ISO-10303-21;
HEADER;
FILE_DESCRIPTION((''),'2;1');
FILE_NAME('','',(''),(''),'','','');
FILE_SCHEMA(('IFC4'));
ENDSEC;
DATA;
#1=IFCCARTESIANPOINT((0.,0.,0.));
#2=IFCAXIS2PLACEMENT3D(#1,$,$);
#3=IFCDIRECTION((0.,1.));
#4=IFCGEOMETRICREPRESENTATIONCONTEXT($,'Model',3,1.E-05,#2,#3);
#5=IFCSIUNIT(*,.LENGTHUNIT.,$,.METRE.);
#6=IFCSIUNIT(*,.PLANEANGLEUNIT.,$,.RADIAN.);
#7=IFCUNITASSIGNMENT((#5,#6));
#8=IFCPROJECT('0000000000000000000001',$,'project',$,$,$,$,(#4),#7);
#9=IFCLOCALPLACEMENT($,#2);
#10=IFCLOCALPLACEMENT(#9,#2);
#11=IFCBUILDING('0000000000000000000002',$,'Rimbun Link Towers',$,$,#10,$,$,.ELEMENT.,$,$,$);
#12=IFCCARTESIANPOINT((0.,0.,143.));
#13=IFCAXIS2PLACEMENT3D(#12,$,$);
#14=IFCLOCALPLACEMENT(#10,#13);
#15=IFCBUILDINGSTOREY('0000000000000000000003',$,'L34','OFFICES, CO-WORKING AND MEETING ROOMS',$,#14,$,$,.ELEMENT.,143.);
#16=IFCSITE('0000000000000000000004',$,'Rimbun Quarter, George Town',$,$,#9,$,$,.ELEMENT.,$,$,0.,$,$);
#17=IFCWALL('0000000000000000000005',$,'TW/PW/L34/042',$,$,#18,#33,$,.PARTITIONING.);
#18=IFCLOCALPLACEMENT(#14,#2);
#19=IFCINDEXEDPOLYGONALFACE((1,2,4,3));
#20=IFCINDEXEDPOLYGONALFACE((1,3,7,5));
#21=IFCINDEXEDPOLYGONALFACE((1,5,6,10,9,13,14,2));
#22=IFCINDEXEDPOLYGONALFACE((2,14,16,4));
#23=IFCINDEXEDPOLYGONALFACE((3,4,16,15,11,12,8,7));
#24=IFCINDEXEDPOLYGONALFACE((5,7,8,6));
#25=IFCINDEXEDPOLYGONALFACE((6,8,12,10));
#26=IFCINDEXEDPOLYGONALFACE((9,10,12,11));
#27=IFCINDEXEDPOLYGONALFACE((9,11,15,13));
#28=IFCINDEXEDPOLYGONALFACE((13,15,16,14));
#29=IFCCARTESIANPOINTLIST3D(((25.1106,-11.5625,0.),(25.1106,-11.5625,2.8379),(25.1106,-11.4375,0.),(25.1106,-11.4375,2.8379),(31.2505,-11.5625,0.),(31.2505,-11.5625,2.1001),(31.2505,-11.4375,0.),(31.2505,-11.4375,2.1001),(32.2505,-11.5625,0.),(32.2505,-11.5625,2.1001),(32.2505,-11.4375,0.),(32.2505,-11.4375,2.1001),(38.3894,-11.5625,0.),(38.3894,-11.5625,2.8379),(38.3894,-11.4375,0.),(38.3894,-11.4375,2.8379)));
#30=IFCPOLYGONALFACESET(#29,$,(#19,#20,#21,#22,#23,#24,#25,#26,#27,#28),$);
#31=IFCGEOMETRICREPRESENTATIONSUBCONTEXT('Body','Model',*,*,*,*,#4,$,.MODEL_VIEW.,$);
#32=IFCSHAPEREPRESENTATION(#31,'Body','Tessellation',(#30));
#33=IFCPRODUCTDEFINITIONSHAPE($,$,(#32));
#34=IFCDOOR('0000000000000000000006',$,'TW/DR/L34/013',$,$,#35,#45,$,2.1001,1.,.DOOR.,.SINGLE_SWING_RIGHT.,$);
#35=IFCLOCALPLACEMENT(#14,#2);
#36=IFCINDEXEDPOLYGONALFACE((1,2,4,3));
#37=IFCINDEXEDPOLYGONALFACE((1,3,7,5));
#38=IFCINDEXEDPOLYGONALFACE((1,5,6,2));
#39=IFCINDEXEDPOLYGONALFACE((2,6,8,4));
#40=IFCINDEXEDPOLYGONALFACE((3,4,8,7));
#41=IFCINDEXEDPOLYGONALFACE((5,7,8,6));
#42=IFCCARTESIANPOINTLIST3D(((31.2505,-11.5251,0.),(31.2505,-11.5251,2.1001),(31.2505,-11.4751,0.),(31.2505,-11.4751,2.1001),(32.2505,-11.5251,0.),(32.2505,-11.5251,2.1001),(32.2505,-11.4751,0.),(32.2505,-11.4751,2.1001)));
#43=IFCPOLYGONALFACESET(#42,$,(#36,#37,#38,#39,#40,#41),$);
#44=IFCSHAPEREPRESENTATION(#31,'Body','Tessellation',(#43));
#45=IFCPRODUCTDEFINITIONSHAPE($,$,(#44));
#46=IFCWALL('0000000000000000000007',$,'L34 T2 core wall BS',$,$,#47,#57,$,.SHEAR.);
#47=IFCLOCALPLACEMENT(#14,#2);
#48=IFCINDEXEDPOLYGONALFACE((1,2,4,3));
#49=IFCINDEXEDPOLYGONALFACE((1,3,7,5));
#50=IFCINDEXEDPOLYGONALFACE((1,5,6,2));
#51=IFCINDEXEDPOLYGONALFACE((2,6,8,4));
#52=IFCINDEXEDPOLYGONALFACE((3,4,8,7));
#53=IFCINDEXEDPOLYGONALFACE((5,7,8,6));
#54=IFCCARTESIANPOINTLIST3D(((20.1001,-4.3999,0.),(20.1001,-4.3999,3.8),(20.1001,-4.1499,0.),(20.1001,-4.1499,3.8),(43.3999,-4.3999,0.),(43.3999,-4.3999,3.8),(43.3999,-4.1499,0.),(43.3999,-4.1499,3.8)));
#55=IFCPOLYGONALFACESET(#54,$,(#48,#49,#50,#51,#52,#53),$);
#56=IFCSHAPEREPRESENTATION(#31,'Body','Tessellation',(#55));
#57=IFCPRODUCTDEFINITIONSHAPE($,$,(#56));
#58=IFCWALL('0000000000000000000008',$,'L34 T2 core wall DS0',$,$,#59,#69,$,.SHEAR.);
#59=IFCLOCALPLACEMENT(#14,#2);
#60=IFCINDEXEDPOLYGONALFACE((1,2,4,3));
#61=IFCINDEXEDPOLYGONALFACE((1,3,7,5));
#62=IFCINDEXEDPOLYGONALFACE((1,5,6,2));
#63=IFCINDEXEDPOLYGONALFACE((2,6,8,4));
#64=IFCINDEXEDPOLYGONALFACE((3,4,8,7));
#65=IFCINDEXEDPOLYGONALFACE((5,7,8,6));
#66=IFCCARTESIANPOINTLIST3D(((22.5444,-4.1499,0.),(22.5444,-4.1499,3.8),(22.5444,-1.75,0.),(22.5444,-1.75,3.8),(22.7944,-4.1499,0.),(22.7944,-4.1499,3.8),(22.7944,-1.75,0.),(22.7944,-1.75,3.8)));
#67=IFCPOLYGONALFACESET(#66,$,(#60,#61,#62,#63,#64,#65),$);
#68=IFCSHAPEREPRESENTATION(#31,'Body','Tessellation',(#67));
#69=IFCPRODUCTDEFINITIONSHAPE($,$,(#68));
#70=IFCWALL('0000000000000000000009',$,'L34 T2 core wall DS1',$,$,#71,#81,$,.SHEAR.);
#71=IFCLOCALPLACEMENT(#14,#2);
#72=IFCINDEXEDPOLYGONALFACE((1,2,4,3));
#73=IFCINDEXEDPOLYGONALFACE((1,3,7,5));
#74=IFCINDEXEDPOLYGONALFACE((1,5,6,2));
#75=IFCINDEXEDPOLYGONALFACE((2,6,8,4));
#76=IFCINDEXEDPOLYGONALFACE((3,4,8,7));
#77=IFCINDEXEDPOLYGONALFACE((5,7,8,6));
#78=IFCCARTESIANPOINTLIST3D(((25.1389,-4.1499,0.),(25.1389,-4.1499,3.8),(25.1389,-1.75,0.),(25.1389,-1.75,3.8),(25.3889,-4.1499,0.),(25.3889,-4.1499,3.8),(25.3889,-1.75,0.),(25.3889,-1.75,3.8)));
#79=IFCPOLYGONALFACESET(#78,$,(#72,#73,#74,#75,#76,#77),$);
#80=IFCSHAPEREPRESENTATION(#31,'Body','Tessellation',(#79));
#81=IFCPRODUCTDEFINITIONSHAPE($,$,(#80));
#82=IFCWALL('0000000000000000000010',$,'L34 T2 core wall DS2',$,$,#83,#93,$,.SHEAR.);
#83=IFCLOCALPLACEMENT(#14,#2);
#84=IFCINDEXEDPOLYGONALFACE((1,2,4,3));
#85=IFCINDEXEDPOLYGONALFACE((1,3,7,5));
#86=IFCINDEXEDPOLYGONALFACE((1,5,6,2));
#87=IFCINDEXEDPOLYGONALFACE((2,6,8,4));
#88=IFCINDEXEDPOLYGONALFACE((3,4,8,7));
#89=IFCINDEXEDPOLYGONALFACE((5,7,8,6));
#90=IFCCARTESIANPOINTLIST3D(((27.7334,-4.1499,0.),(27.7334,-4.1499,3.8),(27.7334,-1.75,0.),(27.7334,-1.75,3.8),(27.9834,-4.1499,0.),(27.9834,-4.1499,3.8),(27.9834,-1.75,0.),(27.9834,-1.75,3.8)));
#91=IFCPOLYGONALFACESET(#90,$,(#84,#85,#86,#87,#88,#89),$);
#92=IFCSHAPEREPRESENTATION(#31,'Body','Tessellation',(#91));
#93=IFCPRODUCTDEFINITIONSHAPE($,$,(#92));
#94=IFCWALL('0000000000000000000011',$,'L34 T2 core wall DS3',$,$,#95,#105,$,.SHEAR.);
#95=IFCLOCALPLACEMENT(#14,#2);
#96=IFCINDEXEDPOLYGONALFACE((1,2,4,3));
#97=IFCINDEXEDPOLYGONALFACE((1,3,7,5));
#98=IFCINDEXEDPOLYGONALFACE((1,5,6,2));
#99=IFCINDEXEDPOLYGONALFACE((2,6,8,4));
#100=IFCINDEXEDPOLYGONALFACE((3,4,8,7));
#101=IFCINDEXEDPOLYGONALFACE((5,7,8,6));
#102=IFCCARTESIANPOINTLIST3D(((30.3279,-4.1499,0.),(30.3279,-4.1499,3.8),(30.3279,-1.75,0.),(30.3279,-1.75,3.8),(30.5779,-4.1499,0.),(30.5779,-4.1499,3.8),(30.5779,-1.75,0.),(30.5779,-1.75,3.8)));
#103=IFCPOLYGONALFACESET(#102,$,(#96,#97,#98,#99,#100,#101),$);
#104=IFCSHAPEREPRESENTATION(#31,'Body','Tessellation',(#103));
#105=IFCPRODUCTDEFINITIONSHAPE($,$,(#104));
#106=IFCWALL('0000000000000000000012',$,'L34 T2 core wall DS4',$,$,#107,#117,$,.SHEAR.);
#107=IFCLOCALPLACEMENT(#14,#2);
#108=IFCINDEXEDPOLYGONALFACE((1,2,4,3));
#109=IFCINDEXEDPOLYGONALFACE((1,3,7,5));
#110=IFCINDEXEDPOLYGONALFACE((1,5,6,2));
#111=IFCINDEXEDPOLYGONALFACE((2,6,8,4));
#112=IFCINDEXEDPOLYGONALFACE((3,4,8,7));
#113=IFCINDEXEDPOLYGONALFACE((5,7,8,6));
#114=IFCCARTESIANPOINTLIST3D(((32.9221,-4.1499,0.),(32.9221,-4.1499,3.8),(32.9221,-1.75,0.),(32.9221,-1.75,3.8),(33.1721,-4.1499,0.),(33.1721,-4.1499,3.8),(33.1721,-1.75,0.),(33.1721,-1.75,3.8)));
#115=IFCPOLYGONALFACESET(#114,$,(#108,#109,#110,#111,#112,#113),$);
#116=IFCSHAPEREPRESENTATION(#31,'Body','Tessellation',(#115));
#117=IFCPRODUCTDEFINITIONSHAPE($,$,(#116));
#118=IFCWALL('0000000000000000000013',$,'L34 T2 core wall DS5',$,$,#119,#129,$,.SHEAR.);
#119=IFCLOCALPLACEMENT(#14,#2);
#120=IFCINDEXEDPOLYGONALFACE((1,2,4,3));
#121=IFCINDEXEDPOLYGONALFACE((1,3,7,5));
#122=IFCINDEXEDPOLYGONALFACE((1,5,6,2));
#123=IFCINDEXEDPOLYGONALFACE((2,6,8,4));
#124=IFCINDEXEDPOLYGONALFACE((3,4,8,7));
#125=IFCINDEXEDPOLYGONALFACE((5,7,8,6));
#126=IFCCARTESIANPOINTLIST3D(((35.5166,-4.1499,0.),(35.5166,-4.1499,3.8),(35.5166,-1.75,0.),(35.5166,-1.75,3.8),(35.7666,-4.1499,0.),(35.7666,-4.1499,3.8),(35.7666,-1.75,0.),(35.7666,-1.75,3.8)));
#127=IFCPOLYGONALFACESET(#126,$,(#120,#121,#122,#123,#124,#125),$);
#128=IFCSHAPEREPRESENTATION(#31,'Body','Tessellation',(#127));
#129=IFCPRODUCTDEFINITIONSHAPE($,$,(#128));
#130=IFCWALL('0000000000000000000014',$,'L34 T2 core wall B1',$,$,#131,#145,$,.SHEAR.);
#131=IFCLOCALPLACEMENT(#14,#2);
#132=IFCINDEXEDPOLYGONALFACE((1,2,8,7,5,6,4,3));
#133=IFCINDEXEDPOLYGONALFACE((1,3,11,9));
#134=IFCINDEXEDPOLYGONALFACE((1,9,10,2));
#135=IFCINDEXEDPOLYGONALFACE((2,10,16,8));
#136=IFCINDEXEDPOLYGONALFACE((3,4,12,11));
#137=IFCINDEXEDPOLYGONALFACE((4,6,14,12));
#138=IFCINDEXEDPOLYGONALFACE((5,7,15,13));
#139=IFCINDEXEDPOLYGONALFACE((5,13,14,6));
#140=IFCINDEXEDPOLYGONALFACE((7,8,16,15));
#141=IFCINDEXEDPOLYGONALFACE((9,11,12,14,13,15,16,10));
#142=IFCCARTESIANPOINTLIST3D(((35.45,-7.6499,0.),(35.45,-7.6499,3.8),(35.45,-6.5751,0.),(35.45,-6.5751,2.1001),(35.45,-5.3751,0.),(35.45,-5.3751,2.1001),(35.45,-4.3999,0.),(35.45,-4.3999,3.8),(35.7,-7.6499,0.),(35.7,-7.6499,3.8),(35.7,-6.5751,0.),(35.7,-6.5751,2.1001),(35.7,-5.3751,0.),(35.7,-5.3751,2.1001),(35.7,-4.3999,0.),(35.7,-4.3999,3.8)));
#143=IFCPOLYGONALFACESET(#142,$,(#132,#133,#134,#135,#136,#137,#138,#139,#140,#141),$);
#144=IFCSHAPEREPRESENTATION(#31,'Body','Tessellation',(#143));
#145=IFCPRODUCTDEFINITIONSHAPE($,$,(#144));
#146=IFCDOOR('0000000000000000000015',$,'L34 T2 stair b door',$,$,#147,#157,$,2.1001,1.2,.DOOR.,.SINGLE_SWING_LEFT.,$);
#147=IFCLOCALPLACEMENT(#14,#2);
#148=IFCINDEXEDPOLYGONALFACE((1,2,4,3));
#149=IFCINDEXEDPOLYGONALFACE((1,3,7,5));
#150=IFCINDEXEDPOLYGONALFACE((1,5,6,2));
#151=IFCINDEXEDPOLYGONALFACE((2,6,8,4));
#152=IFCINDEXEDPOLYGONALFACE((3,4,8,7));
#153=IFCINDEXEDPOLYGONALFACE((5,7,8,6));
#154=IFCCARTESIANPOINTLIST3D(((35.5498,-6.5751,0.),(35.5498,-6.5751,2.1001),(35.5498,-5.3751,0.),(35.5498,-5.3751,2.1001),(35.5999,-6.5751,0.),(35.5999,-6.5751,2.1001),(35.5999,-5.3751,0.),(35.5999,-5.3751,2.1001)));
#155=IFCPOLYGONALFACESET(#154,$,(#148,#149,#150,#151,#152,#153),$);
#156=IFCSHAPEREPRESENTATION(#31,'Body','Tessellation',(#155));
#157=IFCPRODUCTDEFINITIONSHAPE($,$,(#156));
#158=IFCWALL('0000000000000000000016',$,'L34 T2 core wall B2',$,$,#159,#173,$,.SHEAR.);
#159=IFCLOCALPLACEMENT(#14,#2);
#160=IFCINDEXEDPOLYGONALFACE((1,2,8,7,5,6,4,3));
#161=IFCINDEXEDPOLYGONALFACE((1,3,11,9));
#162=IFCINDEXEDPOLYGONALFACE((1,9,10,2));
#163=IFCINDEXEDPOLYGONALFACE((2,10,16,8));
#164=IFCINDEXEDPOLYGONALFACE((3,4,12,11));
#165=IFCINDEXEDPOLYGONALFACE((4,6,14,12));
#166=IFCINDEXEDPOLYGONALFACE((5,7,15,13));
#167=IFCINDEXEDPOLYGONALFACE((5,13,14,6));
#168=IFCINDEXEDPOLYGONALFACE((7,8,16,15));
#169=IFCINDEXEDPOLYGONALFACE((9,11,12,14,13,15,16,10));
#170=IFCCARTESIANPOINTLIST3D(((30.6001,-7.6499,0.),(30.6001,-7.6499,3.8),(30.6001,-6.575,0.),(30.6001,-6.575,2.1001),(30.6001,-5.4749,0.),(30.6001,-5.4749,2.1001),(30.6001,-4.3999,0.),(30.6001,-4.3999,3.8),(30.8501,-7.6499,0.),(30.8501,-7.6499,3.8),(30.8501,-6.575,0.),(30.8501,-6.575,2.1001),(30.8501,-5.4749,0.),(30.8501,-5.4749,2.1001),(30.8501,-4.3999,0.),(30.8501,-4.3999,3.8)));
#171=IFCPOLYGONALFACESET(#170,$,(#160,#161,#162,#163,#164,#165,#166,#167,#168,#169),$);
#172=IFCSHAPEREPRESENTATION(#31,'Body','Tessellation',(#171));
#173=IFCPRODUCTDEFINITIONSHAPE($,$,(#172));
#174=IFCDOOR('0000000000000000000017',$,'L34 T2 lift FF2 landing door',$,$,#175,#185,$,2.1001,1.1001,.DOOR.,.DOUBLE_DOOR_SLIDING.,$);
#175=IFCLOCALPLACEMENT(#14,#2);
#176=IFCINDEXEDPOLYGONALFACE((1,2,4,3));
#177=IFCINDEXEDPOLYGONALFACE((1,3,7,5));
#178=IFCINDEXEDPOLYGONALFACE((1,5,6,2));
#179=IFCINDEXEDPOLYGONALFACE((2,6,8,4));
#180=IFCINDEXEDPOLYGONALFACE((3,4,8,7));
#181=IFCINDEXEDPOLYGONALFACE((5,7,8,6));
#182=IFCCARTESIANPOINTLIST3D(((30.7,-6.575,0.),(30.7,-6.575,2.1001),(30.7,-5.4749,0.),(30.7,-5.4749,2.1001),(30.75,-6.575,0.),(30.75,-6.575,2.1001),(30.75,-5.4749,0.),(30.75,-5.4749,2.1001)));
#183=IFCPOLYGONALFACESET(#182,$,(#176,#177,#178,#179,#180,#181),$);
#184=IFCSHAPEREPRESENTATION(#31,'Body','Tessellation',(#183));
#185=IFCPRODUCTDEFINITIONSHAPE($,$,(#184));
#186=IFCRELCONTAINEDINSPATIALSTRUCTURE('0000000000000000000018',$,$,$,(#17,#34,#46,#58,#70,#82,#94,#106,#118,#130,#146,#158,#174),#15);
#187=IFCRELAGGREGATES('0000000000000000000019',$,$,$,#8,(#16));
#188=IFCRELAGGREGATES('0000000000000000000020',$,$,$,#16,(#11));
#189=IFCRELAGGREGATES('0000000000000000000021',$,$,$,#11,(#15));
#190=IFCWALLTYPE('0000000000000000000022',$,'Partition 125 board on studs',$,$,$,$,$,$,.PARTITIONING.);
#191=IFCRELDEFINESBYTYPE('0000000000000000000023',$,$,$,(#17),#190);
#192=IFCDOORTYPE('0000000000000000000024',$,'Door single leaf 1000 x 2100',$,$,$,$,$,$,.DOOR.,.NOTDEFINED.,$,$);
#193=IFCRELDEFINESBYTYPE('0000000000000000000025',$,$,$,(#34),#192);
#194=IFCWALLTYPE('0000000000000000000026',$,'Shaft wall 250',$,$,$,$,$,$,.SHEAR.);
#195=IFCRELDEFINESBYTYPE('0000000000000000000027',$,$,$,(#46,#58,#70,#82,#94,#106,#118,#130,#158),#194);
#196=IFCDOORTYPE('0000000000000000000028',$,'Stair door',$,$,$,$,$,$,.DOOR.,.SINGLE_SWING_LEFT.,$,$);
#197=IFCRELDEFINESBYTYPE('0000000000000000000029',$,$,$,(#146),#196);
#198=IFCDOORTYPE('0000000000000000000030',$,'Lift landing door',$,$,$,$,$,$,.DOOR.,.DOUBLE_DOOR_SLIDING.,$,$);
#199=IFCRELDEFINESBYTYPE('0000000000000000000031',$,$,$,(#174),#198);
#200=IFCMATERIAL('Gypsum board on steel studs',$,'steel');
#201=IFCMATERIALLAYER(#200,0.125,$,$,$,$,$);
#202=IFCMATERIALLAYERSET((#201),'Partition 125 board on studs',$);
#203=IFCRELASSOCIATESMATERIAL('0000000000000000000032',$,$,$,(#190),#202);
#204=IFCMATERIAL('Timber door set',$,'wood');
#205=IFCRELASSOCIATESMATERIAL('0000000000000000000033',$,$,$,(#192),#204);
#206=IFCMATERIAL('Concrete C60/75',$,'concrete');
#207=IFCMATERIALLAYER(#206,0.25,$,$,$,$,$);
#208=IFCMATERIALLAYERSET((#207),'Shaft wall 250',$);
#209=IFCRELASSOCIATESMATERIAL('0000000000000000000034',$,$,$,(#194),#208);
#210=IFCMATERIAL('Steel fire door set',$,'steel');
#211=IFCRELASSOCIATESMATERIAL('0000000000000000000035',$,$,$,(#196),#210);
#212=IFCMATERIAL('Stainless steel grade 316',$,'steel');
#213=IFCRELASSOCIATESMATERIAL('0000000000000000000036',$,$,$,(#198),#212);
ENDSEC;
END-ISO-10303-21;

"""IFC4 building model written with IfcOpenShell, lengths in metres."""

from ifc_helpers import new_model, si_unit, direction, frame, frame_2d, origin, place, context, subcontext, project, spatial, rectangle, extrude, material, layer, layer_set, type_object, element, fill, save


model = new_model("IFC4")

# Units and contexts
model_context = context("Model", 3, precision=1e-05, world=origin(), true_north=direction((0.0, 1.0)))
body_context = subcontext(model_context, "Body", "Model", "MODEL_VIEW")
ifc_project = project(units=[si_unit("LENGTHUNIT", "METRE"), si_unit("PLANEANGLEUNIT", "RADIAN")], contexts=[model_context])

# Site, building, storey
site_placement = place(None, origin())
site = spatial("IfcSite", under=ifc_project, at=site_placement, Name="Rimbun Quarter, George Town", CompositionType="ELEMENT", RefElevation=0.0)
building_placement = place(site_placement, origin())
building = spatial("IfcBuilding", under=site, at=building_placement, Name="Rimbun Link Towers", CompositionType="ELEMENT")
storey_placement = place(building_placement, frame((0.0, 0.0, 143.0)))
storey = spatial("IfcBuildingStorey", under=building, at=storey_placement, Name="L34", Description="OFFICES, CO-WORKING AND MEETING ROOMS", CompositionType="ELEMENT", Elevation=143.0)

# Wall, opening, door
ifc_material_1 = material(Name="Gypsum board on steel studs", Category="steel")
ifc_layer_1 = layer(ifc_material_1, 0.125)
ifc_layer_set_1 = layer_set([ifc_layer_1], Name="Partition 125 board on studs")
wall_type_1 = type_object("IfcWallType", Name="Partition 125 board on studs", PredefinedType="PARTITIONING", material=ifc_layer_set_1)
wall_1_placement = place(storey_placement, frame((25.1106, -11.5, 0.0), z_axis=(0.0, 0.0, 1.0), x_axis=(1.0, 0.0, 0.0)))
wall_1 = element("IfcWall", 1, at=wall_1_placement, inside=storey, type_object=wall_type_1, Name="TW/PW/L34/042", PredefinedType="PARTITIONING", context=body_context, shape_type="SweptSolid", body=[
    extrude(rectangle(XDim=13.2788, YDim=0.125, at=frame_2d((6.6394, 0.0))), origin(), (0.0, 0.0, 1.0), 2.8379),
])
opening_1_placement = place(wall_1_placement, frame((6.1399, 0.0, 0.0)))
opening_1 = element("IfcOpeningElement", 2, at=opening_1_placement, cuts=wall_1, PredefinedType="OPENING", context=body_context, shape_type="SweptSolid", body=[
    extrude(rectangle(XDim=1.0, YDim=2.1001, at=frame_2d((0.5, 1.05))), frame((0.0, 0.0725, 0.0), z_axis=(0.0, -1.0, 0.0), x_axis=(1.0, 0.0, 0.0)), (0.0, 0.0, 1.0), 0.145),
])
ifc_material_2 = material(Name="Timber door set", Category="wood")
door_type_1 = type_object("IfcDoorType", Name="Door single leaf 1000 x 2100", OperationType="NOTDEFINED", PredefinedType="DOOR", material=ifc_material_2)
door_1_placement = place(opening_1_placement, origin())
door_1 = element("IfcDoor", 3, at=door_1_placement, inside=storey, type_object=door_type_1, Name="TW/DR/L34/013", OperationType="SINGLE_SWING_RIGHT", OverallHeight=2.1001, OverallWidth=1.0, PredefinedType="DOOR", context=body_context, shape_type="SweptSolid", body=[
    extrude(rectangle(XDim=1.0, YDim=2.1001, at=frame_2d((0.5, 1.05))), frame((0.0, 0.0249, 0.0), z_axis=(0.0, -1.0, 0.0), x_axis=(1.0, 0.0, 0.0)), (0.0, 0.0, 1.0), 0.05),
])
fill(opening_1, door_1)

# Walls
ifc_material_3 = material(Name="Concrete C60/75", Category="concrete")
ifc_layer_2 = layer(ifc_material_3, 0.25)
ifc_layer_set_2 = layer_set([ifc_layer_2], Name="Shaft wall 250")
wall_type_2 = type_object("IfcWallType", Name="Shaft wall 250", PredefinedType="SHEAR", material=ifc_layer_set_2)
wall_2_placement = place(storey_placement, frame((20.1001, -4.2749, 0.0), z_axis=(0.0, 0.0, 1.0), x_axis=(1.0, 0.0, 0.0)))
element("IfcWall", 4, at=wall_2_placement, inside=storey, type_object=wall_type_2, Name="L34 T2 core wall BS", PredefinedType="SHEAR", context=body_context, shape_type="SweptSolid", body=[
    extrude(rectangle(XDim=23.2998, YDim=0.25, at=frame_2d((11.6499, 0.0))), origin(), (0.0, 0.0, 1.0), 3.8),
])
for number, where, z_axis, x_axis, name in (
    (5, (22.6694, -4.1499, 0.0), (0.0, 0.0, 1.0), (0.0, 1.0, 0.0), "L34 T2 core wall DS0"),
    (6, (25.2639, -4.1499, 0.0), (0.0, 0.0, 1.0), (0.0, 1.0, 0.0), "L34 T2 core wall DS1"),
    (7, (27.8584, -4.1499, 0.0), (0.0, 0.0, 1.0), (0.0, 1.0, 0.0), "L34 T2 core wall DS2"),
    (8, (30.4529, -4.1499, 0.0), (0.0, 0.0, 1.0), (0.0, 1.0, 0.0), "L34 T2 core wall DS3"),
    (9, (33.0471, -4.1499, 0.0), (0.0, 0.0, 1.0), (0.0, 1.0, 0.0), "L34 T2 core wall DS4"),
    (10, (35.6416, -4.1499, 0.0), (0.0, 0.0, 1.0), (0.0, 1.0, 0.0), "L34 T2 core wall DS5"),
):
    element("IfcWall", number, at=place(storey_placement, frame(where, z_axis=z_axis, x_axis=x_axis)), inside=storey, type_object=wall_type_2, Name=name, PredefinedType="SHEAR", context=body_context, shape_type="SweptSolid", body=[
        extrude(rectangle(XDim=2.3999, YDim=0.25, at=frame_2d((1.2, 0.0))), origin(), (0.0, 0.0, 1.0), 3.8),
    ])

# Walls, openings, doors
wall_3_placement = place(storey_placement, frame((35.575, -4.3999, 0.0), z_axis=(0.0, 0.0, 1.0), x_axis=(0.0, -1.0, 0.0)))
wall_3 = element("IfcWall", 11, at=wall_3_placement, inside=storey, type_object=wall_type_2, Name="L34 T2 core wall B1", PredefinedType="SHEAR", context=body_context, shape_type="SweptSolid", body=[
    extrude(rectangle(XDim=3.25, YDim=0.25, at=frame_2d((1.625, 0.0))), origin(), (0.0, 0.0, 1.0), 3.8),
])
opening_2_placement = place(wall_3_placement, frame((0.9751, 0.0, 0.0)))
opening_2 = element("IfcOpeningElement", 12, at=opening_2_placement, cuts=wall_3, PredefinedType="OPENING", context=body_context, shape_type="SweptSolid", body=[
    extrude(rectangle(XDim=1.2, YDim=2.1001, at=frame_2d((0.6001, 1.05))), frame((0.0, 0.135, 0.0), z_axis=(0.0, -1.0, 0.0), x_axis=(1.0, 0.0, 0.0)), (0.0, 0.0, 1.0), 0.27),
])
ifc_material_4 = material(Name="Steel fire door set", Category="steel")
door_type_2 = type_object("IfcDoorType", Name="Stair door", OperationType="SINGLE_SWING_LEFT", PredefinedType="DOOR", material=ifc_material_4)
door_2_placement = place(opening_2_placement, origin())
door_2 = element("IfcDoor", 13, at=door_2_placement, inside=storey, type_object=door_type_2, Name="L34 T2 stair b door", OperationType="SINGLE_SWING_LEFT", OverallHeight=2.1001, OverallWidth=1.2, PredefinedType="DOOR", context=body_context, shape_type="SweptSolid", body=[
    extrude(rectangle(XDim=1.2, YDim=2.1001, at=frame_2d((0.6001, 1.05))), frame((0.0, 0.0249, 0.0), z_axis=(0.0, -1.0, 0.0), x_axis=(1.0, 0.0, 0.0)), (0.0, 0.0, 1.0), 0.05),
])
fill(opening_2, door_2)
wall_4_placement = place(storey_placement, frame((30.7251, -4.3999, 0.0), z_axis=(0.0, 0.0, 1.0), x_axis=(0.0, -1.0, 0.0)))
wall_4 = element("IfcWall", 14, at=wall_4_placement, inside=storey, type_object=wall_type_2, Name="L34 T2 core wall B2", PredefinedType="SHEAR", context=body_context, shape_type="SweptSolid", body=[
    extrude(rectangle(XDim=3.25, YDim=0.25, at=frame_2d((1.625, 0.0))), origin(), (0.0, 0.0, 1.0), 3.8),
])
opening_3_placement = place(wall_4_placement, frame((1.075, 0.0, 0.0)))
opening_3 = element("IfcOpeningElement", 15, at=opening_3_placement, cuts=wall_4, PredefinedType="OPENING", context=body_context, shape_type="SweptSolid", body=[
    extrude(rectangle(XDim=1.1001, YDim=2.1001, at=frame_2d((0.55, 1.05))), frame((0.0, 0.135, 0.0), z_axis=(0.0, -1.0, 0.0), x_axis=(1.0, 0.0, 0.0)), (0.0, 0.0, 1.0), 0.27),
])
ifc_material_5 = material(Name="Stainless steel grade 316", Category="steel")
door_type_3 = type_object("IfcDoorType", Name="Lift landing door", OperationType="DOUBLE_DOOR_SLIDING", PredefinedType="DOOR", material=ifc_material_5)
door_3_placement = place(opening_3_placement, origin())
door_3 = element("IfcDoor", 16, at=door_3_placement, inside=storey, type_object=door_type_3, Name="L34 T2 lift FF2 landing door", OperationType="DOUBLE_DOOR_SLIDING", OverallHeight=2.1001, OverallWidth=1.1001, PredefinedType="DOOR", context=body_context, shape_type="SweptSolid", body=[
    extrude(rectangle(XDim=1.1001, YDim=2.1001, at=frame_2d((0.55, 1.05))), frame((0.0, 0.0249, 0.0), z_axis=(0.0, -1.0, 0.0), x_axis=(1.0, 0.0, 0.0)), (0.0, 0.0, 1.0), 0.05),
])
fill(opening_3, door_3)

save(model, "model.ifc")
